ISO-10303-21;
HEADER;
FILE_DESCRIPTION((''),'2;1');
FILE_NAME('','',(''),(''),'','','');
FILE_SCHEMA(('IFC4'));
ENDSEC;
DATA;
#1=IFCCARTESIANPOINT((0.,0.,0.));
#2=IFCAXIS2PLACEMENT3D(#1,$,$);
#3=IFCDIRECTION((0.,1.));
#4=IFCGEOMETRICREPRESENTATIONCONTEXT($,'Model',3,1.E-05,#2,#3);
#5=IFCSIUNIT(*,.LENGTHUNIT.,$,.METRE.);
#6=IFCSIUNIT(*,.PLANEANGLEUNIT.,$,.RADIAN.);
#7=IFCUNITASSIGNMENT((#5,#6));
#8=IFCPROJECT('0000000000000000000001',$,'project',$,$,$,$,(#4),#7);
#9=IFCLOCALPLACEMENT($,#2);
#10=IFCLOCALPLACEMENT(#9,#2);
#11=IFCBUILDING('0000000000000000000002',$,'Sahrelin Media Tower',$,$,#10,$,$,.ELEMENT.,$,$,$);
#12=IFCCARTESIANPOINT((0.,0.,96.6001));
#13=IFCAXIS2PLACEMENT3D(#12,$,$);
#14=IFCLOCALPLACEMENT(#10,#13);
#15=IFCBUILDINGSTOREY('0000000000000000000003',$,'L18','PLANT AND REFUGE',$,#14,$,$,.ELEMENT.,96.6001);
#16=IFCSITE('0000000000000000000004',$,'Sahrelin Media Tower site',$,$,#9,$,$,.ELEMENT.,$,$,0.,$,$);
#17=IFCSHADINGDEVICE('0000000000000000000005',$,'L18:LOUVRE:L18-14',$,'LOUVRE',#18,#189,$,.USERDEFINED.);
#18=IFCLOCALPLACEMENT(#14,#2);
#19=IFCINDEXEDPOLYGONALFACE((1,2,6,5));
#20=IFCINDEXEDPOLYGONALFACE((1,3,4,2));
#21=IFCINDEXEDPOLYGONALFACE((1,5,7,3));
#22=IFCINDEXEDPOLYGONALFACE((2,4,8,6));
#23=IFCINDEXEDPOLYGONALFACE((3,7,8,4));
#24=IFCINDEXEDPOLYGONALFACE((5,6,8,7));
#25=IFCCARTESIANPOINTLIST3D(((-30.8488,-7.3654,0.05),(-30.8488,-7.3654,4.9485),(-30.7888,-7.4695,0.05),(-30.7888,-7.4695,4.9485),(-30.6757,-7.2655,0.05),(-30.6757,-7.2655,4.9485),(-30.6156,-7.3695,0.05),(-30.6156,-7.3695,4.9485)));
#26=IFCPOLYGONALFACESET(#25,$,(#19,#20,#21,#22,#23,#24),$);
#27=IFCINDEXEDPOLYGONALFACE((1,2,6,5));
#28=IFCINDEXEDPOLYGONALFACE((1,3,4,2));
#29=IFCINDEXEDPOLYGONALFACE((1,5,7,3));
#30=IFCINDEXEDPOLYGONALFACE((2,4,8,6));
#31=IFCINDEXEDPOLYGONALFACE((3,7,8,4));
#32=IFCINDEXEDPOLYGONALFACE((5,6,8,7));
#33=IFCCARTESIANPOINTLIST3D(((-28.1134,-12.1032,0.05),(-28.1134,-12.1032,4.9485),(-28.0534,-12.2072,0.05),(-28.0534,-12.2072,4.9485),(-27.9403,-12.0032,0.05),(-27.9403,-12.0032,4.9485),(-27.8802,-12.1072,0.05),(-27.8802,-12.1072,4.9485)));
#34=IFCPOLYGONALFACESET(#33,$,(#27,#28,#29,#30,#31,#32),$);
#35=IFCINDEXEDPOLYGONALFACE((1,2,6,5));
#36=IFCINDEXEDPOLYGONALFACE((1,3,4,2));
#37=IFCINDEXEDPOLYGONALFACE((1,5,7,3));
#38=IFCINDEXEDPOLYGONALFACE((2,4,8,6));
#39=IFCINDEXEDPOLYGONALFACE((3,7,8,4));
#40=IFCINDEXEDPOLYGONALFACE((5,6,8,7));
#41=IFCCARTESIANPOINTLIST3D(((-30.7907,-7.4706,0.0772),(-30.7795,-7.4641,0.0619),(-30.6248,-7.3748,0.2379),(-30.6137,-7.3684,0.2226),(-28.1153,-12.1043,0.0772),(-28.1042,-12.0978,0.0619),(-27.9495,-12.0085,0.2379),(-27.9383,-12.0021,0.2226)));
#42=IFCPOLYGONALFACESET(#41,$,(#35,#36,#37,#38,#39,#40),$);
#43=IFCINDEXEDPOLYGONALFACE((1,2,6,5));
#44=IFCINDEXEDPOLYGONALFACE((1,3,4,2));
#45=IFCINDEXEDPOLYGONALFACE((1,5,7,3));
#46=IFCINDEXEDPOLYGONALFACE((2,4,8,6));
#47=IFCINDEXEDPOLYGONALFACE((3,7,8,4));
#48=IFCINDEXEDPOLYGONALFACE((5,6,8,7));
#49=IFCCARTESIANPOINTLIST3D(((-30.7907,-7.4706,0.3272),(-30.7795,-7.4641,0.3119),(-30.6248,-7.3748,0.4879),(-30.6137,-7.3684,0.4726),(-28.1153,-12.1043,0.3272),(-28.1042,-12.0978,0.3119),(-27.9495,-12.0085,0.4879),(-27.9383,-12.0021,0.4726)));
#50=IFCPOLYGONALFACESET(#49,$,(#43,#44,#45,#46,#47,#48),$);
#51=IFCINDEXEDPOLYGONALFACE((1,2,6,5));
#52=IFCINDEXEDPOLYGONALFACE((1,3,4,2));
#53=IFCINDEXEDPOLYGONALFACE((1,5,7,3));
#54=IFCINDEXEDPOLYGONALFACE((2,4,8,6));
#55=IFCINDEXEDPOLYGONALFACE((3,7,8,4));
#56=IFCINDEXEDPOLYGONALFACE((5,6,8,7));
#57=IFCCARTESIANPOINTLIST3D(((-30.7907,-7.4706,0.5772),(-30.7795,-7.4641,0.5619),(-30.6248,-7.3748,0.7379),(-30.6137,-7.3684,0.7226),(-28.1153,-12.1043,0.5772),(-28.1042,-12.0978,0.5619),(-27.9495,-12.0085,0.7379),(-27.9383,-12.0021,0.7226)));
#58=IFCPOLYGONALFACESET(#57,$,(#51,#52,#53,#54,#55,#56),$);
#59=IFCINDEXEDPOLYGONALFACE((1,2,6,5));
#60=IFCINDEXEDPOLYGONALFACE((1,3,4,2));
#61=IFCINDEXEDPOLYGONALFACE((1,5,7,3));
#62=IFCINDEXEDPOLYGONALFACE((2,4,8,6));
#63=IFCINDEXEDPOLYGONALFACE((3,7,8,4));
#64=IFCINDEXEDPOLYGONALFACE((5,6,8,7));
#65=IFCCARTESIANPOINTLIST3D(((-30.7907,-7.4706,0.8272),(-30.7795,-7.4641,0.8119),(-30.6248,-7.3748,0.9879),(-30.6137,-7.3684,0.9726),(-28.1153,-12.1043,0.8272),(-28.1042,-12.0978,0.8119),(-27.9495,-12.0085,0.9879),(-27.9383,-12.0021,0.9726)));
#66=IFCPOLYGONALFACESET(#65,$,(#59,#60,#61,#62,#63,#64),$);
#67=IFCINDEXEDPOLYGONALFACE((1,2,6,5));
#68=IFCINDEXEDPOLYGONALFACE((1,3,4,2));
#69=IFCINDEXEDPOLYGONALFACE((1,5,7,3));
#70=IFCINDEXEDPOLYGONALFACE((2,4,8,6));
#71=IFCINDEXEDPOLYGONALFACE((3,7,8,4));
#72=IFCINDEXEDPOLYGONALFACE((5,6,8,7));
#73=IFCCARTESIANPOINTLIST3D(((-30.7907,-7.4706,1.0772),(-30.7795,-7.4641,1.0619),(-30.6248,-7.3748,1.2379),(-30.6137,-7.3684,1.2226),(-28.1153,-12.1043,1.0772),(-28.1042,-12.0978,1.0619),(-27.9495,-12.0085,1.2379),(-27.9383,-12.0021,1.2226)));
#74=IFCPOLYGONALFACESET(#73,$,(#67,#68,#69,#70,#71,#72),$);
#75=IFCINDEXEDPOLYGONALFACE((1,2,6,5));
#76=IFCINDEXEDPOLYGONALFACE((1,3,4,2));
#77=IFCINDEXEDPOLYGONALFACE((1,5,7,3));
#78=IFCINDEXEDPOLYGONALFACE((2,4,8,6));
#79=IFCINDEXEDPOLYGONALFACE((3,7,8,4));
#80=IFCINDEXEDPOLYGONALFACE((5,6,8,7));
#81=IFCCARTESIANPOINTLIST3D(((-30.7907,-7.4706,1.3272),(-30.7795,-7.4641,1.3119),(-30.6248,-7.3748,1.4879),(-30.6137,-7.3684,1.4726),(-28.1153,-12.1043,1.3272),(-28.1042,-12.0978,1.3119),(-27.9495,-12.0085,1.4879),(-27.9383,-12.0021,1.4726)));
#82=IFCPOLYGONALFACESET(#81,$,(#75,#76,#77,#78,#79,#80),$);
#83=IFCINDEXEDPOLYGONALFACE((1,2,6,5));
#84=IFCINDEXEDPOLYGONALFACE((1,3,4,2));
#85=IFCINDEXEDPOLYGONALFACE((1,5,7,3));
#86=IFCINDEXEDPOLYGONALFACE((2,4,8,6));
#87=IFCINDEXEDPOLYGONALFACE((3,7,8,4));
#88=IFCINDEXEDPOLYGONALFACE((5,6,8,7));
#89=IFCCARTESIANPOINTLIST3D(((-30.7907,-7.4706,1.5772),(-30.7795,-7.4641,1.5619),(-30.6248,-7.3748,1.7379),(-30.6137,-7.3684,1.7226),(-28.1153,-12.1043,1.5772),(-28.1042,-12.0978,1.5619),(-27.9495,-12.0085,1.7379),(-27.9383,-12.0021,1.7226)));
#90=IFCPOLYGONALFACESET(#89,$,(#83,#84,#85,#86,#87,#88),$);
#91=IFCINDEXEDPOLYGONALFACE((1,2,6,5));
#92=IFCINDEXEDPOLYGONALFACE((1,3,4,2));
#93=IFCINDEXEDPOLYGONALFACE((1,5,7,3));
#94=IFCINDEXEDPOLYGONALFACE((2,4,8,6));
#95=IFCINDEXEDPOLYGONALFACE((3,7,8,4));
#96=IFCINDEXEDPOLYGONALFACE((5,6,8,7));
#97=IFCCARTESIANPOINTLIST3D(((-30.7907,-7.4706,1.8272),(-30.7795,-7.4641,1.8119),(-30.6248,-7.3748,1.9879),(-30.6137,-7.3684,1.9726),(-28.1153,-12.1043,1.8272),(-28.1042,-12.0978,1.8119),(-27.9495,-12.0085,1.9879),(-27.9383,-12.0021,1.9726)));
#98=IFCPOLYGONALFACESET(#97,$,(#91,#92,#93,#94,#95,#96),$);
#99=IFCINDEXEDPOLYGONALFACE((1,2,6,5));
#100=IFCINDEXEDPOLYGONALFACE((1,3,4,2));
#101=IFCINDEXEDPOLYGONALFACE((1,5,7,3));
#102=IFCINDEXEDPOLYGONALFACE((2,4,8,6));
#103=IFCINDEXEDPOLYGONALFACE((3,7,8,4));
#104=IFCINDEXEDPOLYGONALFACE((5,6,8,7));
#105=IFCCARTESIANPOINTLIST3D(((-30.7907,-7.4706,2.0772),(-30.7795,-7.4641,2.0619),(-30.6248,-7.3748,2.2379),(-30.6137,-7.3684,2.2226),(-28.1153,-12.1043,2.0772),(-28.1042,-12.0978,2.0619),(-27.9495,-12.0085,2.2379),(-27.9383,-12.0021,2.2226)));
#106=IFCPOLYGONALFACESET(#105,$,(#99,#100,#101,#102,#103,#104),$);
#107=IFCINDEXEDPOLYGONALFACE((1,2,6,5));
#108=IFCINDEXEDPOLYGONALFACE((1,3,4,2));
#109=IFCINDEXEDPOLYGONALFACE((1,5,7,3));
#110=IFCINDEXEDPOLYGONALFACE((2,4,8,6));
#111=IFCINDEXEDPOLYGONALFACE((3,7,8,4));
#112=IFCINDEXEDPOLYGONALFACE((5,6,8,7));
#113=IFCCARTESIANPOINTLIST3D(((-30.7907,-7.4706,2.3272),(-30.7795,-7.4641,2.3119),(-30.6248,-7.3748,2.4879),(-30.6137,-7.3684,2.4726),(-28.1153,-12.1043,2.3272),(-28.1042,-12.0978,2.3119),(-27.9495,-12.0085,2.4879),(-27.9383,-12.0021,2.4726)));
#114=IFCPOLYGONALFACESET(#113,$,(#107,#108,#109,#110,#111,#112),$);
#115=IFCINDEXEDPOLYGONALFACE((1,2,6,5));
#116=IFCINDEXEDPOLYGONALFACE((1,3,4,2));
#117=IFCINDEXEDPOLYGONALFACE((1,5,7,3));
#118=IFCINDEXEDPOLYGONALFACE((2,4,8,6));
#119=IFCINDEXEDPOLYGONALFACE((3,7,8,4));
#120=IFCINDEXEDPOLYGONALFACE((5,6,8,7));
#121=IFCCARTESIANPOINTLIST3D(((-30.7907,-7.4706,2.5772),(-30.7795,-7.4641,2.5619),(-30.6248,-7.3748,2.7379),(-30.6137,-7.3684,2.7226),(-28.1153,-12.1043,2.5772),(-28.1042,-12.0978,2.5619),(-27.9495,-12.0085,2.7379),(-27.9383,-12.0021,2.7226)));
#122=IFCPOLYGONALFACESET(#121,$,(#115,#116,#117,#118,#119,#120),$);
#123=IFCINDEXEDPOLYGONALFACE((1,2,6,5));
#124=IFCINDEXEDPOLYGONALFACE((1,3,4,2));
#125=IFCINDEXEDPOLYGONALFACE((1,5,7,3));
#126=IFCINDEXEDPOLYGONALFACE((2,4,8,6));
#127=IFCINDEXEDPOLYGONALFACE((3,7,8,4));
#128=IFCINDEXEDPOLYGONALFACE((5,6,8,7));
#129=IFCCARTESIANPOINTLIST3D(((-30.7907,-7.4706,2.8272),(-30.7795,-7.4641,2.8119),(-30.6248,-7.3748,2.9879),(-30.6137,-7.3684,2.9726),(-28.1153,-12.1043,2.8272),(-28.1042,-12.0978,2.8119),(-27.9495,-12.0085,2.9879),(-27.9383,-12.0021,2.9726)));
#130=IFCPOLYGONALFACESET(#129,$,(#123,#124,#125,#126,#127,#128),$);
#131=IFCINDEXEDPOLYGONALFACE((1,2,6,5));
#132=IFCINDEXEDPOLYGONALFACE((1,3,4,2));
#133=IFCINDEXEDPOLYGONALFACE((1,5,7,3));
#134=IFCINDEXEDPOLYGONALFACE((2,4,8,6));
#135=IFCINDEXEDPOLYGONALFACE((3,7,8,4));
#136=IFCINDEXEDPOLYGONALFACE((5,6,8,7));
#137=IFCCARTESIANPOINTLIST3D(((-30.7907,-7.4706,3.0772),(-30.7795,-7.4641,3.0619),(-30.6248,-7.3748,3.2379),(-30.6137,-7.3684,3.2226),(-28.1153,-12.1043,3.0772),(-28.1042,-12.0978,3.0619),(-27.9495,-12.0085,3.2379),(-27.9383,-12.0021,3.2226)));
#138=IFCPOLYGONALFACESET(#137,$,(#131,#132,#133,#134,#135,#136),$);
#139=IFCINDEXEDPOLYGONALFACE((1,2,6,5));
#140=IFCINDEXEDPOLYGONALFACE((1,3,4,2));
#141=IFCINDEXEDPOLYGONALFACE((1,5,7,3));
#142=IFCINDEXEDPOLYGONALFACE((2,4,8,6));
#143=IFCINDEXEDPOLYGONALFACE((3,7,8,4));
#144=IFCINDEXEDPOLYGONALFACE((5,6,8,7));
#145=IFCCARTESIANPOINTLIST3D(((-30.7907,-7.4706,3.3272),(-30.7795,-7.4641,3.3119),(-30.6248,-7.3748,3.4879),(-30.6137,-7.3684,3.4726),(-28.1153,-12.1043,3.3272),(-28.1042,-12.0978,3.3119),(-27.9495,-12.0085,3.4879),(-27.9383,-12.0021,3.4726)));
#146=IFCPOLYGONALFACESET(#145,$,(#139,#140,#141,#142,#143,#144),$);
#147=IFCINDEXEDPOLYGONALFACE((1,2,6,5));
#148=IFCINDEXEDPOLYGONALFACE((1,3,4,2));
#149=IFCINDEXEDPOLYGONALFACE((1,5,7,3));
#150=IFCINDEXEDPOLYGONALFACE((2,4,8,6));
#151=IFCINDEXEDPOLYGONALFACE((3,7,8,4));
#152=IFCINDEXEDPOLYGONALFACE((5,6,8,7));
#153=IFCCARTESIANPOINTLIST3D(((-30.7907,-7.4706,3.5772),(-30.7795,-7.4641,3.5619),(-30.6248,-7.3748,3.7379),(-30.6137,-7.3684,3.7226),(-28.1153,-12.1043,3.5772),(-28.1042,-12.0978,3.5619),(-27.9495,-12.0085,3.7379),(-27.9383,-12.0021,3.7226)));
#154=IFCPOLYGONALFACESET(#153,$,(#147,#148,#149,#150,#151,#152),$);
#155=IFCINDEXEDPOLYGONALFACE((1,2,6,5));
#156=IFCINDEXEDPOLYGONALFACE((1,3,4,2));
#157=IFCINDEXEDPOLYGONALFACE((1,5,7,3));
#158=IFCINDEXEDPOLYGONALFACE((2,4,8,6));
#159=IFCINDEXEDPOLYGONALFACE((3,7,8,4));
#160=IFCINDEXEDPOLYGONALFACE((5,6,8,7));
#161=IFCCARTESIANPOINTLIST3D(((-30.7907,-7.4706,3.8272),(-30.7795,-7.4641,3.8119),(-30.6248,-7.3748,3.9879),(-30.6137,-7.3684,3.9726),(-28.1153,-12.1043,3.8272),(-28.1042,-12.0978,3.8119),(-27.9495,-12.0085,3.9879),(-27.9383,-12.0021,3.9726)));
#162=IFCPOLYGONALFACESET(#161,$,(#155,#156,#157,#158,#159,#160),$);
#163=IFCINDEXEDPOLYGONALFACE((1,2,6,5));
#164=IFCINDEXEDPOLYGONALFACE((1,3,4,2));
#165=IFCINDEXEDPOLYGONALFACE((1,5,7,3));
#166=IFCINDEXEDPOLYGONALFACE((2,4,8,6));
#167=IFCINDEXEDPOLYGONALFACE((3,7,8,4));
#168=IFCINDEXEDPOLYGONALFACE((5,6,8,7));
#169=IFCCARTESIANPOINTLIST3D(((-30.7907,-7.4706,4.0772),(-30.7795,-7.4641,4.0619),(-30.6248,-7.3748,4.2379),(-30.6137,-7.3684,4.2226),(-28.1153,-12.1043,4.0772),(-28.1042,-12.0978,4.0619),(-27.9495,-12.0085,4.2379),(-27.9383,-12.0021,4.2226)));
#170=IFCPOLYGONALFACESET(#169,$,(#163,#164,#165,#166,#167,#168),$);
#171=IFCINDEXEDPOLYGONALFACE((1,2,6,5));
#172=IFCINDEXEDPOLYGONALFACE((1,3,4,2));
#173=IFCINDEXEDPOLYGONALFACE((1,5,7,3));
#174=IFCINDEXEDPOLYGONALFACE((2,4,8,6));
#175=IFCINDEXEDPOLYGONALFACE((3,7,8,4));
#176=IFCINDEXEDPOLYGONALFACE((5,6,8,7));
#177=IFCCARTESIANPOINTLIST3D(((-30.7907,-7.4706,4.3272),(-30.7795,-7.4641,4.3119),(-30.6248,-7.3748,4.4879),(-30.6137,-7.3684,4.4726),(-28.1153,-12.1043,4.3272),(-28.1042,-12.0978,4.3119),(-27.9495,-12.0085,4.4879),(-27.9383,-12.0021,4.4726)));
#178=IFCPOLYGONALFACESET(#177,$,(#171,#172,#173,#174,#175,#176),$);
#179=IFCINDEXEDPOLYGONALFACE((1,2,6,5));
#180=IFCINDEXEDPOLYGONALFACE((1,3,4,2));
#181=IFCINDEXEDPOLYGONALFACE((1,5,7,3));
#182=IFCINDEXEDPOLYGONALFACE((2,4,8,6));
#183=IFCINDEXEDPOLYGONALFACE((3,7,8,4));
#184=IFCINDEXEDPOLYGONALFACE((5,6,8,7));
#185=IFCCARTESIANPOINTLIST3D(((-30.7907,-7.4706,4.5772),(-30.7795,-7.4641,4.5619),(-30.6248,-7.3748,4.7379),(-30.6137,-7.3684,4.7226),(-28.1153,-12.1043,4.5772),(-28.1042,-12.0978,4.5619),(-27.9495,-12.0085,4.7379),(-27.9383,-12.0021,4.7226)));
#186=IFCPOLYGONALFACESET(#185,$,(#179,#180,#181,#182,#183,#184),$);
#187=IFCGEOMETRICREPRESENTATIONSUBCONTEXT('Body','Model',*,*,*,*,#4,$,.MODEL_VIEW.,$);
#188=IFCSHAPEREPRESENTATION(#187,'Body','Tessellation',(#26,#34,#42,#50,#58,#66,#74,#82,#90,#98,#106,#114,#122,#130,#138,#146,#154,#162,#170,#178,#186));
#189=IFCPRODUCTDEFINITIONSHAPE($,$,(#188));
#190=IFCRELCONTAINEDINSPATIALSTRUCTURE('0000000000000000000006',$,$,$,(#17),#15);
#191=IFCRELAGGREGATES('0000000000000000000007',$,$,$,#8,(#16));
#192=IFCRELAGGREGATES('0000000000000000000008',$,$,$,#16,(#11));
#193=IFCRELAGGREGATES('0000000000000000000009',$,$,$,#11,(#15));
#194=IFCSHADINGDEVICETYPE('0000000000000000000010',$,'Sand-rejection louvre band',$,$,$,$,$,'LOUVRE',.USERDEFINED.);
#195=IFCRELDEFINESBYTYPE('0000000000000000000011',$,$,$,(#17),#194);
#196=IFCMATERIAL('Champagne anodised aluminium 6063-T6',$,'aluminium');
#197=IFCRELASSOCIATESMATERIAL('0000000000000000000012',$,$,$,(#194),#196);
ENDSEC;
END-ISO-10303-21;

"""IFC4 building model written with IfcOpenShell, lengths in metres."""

from ifc_helpers import new_model, si_unit, direction, frame, origin, origin_2d, place, context, subcontext, project, spatial, rectangle, extrude, material, type_object, element, save


model = new_model("IFC4")

# Units and contexts
model_context = context("Model", 3, precision=1e-05, world=origin(), true_north=direction((0.0, 1.0)))
body_context = subcontext(model_context, "Body", "Model", "MODEL_VIEW")
ifc_project = project(units=[si_unit("LENGTHUNIT", "METRE"), si_unit("PLANEANGLEUNIT", "RADIAN")], contexts=[model_context])

# Site, building, storey
site_placement = place(None, origin())
site = spatial("IfcSite", under=ifc_project, at=site_placement, Name="Sahrelin Media Tower site", CompositionType="ELEMENT", RefElevation=0.0)
building_placement = place(site_placement, origin())
building = spatial("IfcBuilding", under=site, at=building_placement, Name="Sahrelin Media Tower", CompositionType="ELEMENT")
storey_placement = place(building_placement, frame((0.0, 0.0, 96.6001)))
storey = spatial("IfcBuildingStorey", under=building, at=storey_placement, Name="L18", Description="PLANT AND REFUGE", CompositionType="ELEMENT", Elevation=96.6001)

# Shading device
ifc_material_1 = material(Name="Champagne anodised aluminium 6063-T6", Category="aluminium")
shading_device_type = type_object("IfcShadingDeviceType", Name="Sand-rejection louvre band", ElementType="LOUVRE", PredefinedType="USERDEFINED", material=ifc_material_1)
shading_device_1_placement = place(storey_placement, frame((-29.2778, -9.6863, 0.0), z_axis=(0.0, 0.0, 1.0), x_axis=(-0.500011, 0.866019, 0.0)))
element("IfcShadingDevice", 1, at=shading_device_1_placement, inside=storey, type_object=shading_device_type, Name="L18:LOUVRE:L18-14", ObjectType="LOUVRE", PredefinedType="USERDEFINED", context=body_context, shape_type="SweptSolid", body=[
    extrude(rectangle(XDim=0.1201, YDim=0.2, at=origin_2d()), frame((2.7354, 0.1001, 0.05), z_axis=(0.0, 0.0, 1.0), x_axis=(1.0, 0.0, 0.0)), (0.0, 0.0, 1.0), 4.8984),
    extrude(rectangle(XDim=0.1201, YDim=0.2, at=origin_2d()), frame((-2.7354, 0.1001, 0.05), z_axis=(0.0, 0.0, 1.0), x_axis=(1.0, 0.0, 0.0)), (0.0, 0.0, 1.0), 4.8984),
    extrude(rectangle(XDim=0.25, YDim=0.02, at=origin_2d()), frame((2.6753, 0.1001, 0.1499), z_axis=(-1.0, 0.0, 0.0), x_axis=(0.0, -0.766044, 0.642788)), (0.0, 0.0, 1.0), 5.3506),
    extrude(rectangle(XDim=0.25, YDim=0.02, at=origin_2d()), frame((2.6753, 0.1001, 0.3999), z_axis=(-1.0, 0.0, 0.0), x_axis=(0.0, -0.766044, 0.642788)), (0.0, 0.0, 1.0), 5.3506),
    extrude(rectangle(XDim=0.25, YDim=0.02, at=origin_2d()), frame((2.6753, 0.1001, 0.6499), z_axis=(-1.0, 0.0, 0.0), x_axis=(0.0, -0.766044, 0.642788)), (0.0, 0.0, 1.0), 5.3506),
    extrude(rectangle(XDim=0.25, YDim=0.02, at=origin_2d()), frame((2.6753, 0.1001, 0.8999), z_axis=(-1.0, 0.0, 0.0), x_axis=(0.0, -0.766044, 0.642788)), (0.0, 0.0, 1.0), 5.3506),
    extrude(rectangle(XDim=0.25, YDim=0.02, at=origin_2d()), frame((2.6753, 0.1001, 1.1499), z_axis=(-1.0, 0.0, 0.0), x_axis=(0.0, -0.766044, 0.642788)), (0.0, 0.0, 1.0), 5.3506),
    extrude(rectangle(XDim=0.25, YDim=0.02, at=origin_2d()), frame((2.6753, 0.1001, 1.3999), z_axis=(-1.0, 0.0, 0.0), x_axis=(0.0, -0.766044, 0.642788)), (0.0, 0.0, 1.0), 5.3506),
    extrude(rectangle(XDim=0.25, YDim=0.02, at=origin_2d()), frame((2.6753, 0.1001, 1.6499), z_axis=(-1.0, 0.0, 0.0), x_axis=(0.0, -0.766044, 0.642788)), (0.0, 0.0, 1.0), 5.3506),
    extrude(rectangle(XDim=0.25, YDim=0.02, at=origin_2d()), frame((2.6753, 0.1001, 1.8999), z_axis=(-1.0, 0.0, 0.0), x_axis=(0.0, -0.766044, 0.642788)), (0.0, 0.0, 1.0), 5.3506),
    extrude(rectangle(XDim=0.25, YDim=0.02, at=origin_2d()), frame((2.6753, 0.1001, 2.1499), z_axis=(-1.0, 0.0, 0.0), x_axis=(0.0, -0.766044, 0.642788)), (0.0, 0.0, 1.0), 5.3506),
    extrude(rectangle(XDim=0.25, YDim=0.02, at=origin_2d()), frame((2.6753, 0.1001, 2.3999), z_axis=(-1.0, 0.0, 0.0), x_axis=(0.0, -0.766044, 0.642788)), (0.0, 0.0, 1.0), 5.3506),
    extrude(rectangle(XDim=0.25, YDim=0.02, at=origin_2d()), frame((2.6753, 0.1001, 2.6499), z_axis=(-1.0, 0.0, 0.0), x_axis=(0.0, -0.766044, 0.642788)), (0.0, 0.0, 1.0), 5.3506),
    extrude(rectangle(XDim=0.25, YDim=0.02, at=origin_2d()), frame((2.6753, 0.1001, 2.8999), z_axis=(-1.0, 0.0, 0.0), x_axis=(0.0, -0.766044, 0.642788)), (0.0, 0.0, 1.0), 5.3506),
    extrude(rectangle(XDim=0.25, YDim=0.02, at=origin_2d()), frame((2.6753, 0.1001, 3.1499), z_axis=(-1.0, 0.0, 0.0), x_axis=(0.0, -0.766044, 0.642788)), (0.0, 0.0, 1.0), 5.3506),
    extrude(rectangle(XDim=0.25, YDim=0.02, at=origin_2d()), frame((2.6753, 0.1001, 3.3999), z_axis=(-1.0, 0.0, 0.0), x_axis=(0.0, -0.766044, 0.642788)), (0.0, 0.0, 1.0), 5.3506),
    extrude(rectangle(XDim=0.25, YDim=0.02, at=origin_2d()), frame((2.6753, 0.1001, 3.6499), z_axis=(-1.0, 0.0, 0.0), x_axis=(0.0, -0.766044, 0.642788)), (0.0, 0.0, 1.0), 5.3506),
    extrude(rectangle(XDim=0.25, YDim=0.02, at=origin_2d()), frame((2.6753, 0.1001, 3.8999), z_axis=(-1.0, 0.0, 0.0), x_axis=(0.0, -0.766044, 0.642788)), (0.0, 0.0, 1.0), 5.3506),
    extrude(rectangle(XDim=0.25, YDim=0.02, at=origin_2d()), frame((2.6753, 0.1001, 4.1499), z_axis=(-1.0, 0.0, 0.0), x_axis=(0.0, -0.766044, 0.642788)), (0.0, 0.0, 1.0), 5.3506),
    extrude(rectangle(XDim=0.25, YDim=0.02, at=origin_2d()), frame((2.6753, 0.1001, 4.3999), z_axis=(-1.0, 0.0, 0.0), x_axis=(0.0, -0.766044, 0.642788)), (0.0, 0.0, 1.0), 5.3506),
    extrude(rectangle(XDim=0.25, YDim=0.02, at=origin_2d()), frame((2.6753, 0.1001, 4.6499), z_axis=(-1.0, 0.0, 0.0), x_axis=(0.0, -0.766044, 0.642788)), (0.0, 0.0, 1.0), 5.3506),
])

save(model, "model.ifc")
